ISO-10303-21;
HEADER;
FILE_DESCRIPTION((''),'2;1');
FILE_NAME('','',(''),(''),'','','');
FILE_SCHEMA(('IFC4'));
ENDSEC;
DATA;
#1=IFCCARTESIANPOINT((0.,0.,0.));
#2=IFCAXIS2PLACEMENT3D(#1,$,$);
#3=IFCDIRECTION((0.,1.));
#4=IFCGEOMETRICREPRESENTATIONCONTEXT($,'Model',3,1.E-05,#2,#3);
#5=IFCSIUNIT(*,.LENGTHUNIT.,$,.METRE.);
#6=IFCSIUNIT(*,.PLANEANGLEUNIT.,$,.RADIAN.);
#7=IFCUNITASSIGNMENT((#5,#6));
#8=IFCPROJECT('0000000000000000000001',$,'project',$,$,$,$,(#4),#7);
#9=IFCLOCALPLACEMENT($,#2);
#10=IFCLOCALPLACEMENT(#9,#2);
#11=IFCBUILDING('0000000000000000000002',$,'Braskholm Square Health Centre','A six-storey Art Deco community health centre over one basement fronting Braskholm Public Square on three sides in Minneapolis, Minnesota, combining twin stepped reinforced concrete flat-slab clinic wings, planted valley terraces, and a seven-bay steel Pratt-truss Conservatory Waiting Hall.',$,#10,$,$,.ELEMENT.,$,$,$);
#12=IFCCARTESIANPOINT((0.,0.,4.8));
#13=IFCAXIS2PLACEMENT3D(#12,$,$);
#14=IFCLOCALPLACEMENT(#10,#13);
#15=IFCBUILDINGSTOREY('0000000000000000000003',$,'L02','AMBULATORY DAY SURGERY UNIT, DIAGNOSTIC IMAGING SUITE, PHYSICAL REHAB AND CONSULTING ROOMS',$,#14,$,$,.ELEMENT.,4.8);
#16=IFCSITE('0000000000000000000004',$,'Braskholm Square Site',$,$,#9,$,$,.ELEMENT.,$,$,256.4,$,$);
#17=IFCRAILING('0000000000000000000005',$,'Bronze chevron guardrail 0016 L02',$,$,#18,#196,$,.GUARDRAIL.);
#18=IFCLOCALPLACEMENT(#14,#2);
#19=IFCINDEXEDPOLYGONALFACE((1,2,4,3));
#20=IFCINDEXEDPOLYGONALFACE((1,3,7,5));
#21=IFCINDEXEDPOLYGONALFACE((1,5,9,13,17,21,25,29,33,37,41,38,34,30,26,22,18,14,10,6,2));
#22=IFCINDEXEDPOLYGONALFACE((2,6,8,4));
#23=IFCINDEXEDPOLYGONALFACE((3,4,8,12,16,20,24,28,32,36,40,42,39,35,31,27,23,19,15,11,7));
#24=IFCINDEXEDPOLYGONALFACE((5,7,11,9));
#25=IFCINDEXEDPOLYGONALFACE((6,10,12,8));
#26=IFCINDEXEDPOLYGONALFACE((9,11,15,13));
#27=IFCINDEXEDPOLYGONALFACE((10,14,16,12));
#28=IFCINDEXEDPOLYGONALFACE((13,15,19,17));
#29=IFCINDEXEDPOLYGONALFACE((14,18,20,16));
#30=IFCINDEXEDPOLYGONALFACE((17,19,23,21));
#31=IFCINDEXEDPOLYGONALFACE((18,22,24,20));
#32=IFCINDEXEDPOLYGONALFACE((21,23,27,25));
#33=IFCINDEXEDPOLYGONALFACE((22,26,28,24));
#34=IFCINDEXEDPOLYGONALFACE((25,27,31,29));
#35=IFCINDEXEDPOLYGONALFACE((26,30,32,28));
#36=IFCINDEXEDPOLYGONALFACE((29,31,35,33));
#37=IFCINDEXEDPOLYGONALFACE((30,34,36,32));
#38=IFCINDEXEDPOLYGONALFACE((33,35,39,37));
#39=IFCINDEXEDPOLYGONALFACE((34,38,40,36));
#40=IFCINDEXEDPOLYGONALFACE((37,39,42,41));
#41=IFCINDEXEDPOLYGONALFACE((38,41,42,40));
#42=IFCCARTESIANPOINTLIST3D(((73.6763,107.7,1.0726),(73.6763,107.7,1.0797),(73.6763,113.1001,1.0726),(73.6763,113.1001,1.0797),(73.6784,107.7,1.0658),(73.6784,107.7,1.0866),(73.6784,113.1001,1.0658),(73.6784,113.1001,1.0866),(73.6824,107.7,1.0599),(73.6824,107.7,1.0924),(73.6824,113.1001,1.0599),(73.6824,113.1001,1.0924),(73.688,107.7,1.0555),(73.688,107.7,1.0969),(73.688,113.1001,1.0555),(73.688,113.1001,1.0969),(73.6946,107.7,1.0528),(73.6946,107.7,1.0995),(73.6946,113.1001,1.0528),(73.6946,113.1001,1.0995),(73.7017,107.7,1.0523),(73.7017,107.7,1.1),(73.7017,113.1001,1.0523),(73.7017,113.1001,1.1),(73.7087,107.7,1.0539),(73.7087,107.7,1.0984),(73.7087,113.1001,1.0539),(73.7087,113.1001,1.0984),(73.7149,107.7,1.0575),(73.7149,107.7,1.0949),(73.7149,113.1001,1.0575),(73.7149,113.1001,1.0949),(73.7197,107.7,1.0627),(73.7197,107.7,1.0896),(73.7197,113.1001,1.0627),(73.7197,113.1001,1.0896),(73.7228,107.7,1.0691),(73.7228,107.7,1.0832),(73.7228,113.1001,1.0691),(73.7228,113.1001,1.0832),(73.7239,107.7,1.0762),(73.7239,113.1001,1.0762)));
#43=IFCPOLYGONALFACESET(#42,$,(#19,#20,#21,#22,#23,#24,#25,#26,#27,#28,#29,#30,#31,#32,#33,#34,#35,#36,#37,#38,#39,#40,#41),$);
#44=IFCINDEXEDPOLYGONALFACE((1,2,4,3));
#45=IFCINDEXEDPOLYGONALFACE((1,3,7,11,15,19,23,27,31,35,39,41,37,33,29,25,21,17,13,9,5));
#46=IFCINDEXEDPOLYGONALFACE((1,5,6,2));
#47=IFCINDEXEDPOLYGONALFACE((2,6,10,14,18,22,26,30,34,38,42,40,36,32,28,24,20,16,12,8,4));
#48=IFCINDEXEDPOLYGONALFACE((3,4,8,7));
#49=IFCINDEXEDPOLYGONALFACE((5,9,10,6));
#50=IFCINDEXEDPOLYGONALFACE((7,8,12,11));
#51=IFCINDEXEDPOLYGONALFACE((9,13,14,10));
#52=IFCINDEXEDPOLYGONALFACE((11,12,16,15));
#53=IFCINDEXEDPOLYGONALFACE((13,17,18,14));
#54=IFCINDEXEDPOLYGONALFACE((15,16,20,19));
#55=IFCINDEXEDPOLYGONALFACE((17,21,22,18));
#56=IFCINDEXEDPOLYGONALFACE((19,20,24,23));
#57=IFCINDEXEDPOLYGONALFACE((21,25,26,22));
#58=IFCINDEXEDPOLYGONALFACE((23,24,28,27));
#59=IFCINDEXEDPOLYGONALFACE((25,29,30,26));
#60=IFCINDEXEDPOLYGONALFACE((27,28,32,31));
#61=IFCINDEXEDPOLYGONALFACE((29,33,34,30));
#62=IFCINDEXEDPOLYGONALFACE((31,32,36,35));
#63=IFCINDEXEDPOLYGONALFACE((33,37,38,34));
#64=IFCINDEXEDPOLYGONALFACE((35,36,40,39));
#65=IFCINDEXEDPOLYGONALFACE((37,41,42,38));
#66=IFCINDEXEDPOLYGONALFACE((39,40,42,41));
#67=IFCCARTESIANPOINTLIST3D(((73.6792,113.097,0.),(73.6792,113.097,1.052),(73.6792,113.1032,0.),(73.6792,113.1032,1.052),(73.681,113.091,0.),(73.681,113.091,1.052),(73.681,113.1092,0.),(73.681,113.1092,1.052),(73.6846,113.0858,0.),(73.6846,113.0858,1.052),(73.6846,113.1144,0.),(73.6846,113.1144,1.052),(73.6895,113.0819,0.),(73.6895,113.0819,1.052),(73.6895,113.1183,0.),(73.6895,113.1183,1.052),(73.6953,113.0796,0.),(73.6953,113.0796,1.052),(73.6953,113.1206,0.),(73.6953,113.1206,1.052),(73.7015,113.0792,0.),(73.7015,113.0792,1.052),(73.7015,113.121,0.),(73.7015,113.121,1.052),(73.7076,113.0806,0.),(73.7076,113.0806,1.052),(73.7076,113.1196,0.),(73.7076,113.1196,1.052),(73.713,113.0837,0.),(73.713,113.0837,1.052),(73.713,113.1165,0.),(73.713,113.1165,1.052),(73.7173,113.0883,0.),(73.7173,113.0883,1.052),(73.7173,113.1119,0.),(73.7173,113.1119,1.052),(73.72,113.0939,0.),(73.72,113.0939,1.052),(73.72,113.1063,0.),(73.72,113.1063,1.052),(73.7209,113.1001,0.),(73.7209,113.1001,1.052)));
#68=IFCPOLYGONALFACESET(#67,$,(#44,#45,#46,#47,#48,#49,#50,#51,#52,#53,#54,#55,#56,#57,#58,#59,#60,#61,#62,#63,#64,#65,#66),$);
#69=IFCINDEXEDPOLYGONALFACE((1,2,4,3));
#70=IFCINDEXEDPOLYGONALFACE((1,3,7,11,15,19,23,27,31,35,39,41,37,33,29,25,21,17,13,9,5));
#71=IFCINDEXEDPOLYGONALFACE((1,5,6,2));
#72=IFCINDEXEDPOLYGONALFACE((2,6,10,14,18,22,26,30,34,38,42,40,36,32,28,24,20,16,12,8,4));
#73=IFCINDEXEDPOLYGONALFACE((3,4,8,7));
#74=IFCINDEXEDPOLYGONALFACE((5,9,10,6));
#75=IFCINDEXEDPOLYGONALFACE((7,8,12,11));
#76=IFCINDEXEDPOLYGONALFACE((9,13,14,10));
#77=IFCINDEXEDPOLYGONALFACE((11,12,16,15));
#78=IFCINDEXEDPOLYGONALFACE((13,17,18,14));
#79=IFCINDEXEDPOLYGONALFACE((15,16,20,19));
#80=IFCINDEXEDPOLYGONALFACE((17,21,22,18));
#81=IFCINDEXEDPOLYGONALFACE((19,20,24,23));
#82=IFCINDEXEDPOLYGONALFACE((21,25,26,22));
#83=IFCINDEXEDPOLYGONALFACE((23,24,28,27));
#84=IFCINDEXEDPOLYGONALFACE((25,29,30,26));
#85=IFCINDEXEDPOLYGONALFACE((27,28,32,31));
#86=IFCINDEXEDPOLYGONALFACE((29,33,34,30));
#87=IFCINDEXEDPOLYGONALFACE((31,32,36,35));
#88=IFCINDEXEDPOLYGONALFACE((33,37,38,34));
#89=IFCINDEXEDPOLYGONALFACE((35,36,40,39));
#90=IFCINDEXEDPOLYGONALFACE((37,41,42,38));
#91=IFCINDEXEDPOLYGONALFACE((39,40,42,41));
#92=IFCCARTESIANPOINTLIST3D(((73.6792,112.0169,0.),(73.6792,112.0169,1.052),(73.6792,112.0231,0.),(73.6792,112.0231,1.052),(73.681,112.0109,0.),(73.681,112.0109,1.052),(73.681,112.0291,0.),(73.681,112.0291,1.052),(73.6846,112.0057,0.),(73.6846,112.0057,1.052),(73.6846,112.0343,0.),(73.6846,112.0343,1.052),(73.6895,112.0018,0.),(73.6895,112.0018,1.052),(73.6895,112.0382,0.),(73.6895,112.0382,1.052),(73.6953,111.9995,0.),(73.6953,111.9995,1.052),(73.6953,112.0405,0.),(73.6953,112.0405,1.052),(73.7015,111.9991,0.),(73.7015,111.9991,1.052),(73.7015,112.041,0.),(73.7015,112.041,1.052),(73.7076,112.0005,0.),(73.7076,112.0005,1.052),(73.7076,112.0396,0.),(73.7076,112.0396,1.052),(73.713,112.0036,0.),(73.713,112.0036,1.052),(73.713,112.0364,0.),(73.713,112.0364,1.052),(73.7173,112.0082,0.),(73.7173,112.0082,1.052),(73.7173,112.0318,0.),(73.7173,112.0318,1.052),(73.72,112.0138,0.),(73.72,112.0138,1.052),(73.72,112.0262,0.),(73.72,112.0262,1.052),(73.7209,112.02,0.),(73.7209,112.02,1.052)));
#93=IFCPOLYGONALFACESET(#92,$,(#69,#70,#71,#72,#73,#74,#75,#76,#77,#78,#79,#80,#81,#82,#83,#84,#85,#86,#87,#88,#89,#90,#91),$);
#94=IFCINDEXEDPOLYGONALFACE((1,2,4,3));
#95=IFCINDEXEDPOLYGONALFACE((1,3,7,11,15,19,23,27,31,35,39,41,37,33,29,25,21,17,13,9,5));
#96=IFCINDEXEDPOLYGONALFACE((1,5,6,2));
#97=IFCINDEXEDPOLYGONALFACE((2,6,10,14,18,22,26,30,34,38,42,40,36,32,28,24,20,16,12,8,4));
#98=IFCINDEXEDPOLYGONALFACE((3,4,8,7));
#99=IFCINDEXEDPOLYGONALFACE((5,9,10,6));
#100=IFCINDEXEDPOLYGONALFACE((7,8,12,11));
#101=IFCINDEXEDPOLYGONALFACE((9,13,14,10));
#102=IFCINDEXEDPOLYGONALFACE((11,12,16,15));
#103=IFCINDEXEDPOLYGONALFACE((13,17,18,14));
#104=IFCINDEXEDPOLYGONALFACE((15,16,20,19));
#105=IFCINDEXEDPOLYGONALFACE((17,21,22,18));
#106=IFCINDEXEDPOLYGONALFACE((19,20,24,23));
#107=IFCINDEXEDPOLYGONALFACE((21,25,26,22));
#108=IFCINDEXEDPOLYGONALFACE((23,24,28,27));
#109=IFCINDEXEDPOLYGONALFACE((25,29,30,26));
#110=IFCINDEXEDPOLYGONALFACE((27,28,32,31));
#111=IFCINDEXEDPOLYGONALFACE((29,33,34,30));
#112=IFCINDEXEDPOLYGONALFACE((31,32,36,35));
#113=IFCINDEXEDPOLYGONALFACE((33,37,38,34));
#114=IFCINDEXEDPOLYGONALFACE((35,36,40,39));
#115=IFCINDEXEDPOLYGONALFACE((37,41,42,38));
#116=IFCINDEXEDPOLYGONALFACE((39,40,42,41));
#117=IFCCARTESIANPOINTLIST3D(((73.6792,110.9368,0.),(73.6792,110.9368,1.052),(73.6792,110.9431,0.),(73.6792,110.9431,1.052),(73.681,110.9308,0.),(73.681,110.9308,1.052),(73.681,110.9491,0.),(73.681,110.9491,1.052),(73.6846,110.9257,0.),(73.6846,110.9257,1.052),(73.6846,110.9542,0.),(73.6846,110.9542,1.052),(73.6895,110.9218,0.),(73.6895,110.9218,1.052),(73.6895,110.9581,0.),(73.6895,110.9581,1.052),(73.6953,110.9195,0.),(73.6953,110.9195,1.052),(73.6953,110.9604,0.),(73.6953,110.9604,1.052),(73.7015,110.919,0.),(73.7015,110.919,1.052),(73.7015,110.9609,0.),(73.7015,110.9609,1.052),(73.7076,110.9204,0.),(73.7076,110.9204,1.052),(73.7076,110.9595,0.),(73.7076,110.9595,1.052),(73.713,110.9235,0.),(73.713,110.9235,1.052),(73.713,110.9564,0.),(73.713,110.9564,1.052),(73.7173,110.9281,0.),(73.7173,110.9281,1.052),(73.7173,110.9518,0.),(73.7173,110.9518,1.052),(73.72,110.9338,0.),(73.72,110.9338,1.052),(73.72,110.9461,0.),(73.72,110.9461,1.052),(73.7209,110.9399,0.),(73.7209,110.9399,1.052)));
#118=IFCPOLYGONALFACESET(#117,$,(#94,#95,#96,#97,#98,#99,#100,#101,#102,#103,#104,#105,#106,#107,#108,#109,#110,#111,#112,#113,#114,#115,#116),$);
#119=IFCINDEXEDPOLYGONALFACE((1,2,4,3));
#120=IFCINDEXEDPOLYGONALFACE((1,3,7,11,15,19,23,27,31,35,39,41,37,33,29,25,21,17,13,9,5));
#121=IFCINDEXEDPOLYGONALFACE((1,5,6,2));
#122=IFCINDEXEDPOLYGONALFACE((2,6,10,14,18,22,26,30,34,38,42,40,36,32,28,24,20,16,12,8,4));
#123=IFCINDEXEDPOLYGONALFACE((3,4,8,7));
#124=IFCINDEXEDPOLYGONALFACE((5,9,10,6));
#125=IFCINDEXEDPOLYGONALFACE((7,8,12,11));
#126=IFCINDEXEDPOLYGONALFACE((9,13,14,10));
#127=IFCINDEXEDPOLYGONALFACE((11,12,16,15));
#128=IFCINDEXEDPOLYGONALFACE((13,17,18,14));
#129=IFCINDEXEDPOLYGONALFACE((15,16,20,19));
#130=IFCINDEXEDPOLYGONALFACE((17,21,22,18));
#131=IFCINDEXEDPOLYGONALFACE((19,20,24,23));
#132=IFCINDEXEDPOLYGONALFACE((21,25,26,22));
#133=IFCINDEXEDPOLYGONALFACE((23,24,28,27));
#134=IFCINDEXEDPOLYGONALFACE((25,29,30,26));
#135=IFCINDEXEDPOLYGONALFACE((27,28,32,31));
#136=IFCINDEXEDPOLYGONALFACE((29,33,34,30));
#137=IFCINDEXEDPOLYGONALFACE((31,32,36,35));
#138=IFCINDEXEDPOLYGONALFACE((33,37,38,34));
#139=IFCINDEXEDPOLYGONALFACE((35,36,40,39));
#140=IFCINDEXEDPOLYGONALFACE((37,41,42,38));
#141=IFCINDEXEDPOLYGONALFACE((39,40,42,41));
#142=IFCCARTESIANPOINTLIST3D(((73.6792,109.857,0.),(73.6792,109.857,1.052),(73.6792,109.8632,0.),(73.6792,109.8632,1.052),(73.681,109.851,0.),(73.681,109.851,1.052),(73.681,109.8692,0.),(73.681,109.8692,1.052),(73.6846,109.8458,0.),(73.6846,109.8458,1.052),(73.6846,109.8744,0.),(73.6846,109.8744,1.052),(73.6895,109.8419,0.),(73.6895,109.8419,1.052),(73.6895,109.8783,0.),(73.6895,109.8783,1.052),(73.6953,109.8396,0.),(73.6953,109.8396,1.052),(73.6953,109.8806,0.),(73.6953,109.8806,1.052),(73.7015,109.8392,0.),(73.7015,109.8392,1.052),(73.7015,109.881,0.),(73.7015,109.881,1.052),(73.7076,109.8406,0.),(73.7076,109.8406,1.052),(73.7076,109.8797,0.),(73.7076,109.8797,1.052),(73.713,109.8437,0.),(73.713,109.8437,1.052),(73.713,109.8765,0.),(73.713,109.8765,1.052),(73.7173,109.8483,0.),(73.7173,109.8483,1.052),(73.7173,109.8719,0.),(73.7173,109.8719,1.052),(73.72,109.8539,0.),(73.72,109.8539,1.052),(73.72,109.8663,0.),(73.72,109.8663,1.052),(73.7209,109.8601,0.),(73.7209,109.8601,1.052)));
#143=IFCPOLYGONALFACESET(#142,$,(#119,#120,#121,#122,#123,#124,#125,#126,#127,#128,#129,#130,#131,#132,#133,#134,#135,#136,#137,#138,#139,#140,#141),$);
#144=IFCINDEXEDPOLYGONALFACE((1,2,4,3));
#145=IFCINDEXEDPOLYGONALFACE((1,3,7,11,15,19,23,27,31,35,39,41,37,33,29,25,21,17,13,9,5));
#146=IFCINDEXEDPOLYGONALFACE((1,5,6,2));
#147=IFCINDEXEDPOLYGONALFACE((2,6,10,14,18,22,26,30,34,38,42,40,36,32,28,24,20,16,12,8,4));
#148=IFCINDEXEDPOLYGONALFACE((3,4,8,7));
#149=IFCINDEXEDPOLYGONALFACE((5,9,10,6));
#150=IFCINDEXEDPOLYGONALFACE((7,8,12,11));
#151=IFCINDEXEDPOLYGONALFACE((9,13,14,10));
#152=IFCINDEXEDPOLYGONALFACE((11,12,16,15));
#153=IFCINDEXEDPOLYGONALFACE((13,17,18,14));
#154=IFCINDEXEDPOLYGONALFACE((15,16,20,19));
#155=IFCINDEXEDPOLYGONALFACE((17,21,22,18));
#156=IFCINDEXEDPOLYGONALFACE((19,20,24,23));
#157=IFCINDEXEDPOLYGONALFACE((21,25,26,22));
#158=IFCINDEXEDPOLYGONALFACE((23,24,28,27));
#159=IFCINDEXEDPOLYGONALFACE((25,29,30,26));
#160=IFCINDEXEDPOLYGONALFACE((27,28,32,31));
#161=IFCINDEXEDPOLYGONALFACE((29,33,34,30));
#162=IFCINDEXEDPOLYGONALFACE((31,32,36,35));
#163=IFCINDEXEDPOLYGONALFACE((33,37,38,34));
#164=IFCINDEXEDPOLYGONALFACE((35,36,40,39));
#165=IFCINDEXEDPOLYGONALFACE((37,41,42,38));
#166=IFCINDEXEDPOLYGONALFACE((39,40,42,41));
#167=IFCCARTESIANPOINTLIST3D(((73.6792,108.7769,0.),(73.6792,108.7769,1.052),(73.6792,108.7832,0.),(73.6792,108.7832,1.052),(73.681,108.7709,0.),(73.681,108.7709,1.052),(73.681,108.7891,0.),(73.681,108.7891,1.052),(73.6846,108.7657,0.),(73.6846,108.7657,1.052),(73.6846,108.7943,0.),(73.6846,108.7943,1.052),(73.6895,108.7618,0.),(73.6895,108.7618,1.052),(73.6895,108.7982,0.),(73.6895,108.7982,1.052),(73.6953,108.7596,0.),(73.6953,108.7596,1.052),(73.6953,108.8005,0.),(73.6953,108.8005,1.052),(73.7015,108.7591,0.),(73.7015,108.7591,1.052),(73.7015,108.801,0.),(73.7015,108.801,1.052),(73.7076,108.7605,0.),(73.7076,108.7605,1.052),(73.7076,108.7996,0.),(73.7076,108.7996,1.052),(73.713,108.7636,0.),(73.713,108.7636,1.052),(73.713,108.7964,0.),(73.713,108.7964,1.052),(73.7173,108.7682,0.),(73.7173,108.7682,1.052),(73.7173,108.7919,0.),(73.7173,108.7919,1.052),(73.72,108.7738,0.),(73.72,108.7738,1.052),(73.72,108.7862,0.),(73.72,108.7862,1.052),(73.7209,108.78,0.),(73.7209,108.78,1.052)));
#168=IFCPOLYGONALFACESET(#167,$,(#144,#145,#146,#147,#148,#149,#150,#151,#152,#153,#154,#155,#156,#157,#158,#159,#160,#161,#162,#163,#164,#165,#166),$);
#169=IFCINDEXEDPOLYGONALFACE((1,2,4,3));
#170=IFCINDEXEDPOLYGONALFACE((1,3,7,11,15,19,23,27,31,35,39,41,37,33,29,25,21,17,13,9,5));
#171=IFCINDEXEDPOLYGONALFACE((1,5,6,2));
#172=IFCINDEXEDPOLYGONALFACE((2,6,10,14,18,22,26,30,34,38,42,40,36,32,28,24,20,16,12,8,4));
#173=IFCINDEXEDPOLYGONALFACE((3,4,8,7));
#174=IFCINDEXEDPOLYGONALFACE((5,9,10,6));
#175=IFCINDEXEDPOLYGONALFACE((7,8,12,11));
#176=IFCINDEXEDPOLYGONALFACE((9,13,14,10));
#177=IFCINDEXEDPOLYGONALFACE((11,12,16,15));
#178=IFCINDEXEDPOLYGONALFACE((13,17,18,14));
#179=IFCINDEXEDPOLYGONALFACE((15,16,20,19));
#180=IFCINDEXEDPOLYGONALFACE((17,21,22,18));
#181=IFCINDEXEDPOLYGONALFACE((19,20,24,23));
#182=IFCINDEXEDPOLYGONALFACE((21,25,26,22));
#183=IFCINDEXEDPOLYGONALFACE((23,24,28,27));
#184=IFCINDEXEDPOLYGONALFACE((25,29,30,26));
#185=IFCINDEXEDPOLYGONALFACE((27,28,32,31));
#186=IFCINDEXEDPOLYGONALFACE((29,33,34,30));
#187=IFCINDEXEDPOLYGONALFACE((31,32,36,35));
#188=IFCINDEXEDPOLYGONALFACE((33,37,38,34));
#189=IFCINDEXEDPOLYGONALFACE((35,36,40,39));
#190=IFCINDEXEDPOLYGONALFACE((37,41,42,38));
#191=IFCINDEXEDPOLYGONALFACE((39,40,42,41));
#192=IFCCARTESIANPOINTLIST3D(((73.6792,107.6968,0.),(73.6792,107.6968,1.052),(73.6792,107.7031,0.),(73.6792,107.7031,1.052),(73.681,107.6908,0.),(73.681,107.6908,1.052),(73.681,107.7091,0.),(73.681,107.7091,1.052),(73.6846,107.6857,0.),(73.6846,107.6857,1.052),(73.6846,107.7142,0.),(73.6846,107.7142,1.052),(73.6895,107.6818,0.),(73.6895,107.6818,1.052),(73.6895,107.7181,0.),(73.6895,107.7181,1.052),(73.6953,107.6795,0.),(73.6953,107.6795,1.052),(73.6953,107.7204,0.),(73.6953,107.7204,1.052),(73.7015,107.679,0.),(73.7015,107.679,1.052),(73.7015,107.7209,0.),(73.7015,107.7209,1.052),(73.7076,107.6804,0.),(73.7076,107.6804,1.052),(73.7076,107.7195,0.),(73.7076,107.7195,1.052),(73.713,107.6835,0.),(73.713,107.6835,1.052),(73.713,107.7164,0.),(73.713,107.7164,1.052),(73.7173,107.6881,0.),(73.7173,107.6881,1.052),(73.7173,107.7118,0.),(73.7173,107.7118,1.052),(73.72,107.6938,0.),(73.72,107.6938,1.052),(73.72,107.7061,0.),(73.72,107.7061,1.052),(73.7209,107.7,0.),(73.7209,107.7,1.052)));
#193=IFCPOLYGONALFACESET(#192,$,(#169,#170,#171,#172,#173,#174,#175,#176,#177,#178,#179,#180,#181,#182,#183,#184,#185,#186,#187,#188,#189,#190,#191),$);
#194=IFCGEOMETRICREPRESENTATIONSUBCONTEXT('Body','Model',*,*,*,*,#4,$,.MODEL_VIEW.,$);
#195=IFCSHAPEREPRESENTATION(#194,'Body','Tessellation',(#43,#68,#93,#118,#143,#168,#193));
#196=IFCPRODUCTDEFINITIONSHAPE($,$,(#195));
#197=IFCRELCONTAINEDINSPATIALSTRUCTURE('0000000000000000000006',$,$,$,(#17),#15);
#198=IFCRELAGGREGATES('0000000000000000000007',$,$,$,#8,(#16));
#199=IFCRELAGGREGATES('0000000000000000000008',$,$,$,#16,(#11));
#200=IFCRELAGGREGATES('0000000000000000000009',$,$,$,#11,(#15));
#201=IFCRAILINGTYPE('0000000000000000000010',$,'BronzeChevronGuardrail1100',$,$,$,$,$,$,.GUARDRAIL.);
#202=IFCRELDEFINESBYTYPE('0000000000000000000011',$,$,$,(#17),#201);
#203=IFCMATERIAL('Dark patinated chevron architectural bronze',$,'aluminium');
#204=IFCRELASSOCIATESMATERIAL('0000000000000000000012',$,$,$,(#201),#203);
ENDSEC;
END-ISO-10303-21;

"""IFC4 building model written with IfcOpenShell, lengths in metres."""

from ifc_helpers import new_model, si_unit, direction, frame, origin, origin_2d, place, context, subcontext, project, spatial, circle, extrude, material, type_object, element, save


model = new_model("IFC4")

# Units and contexts
model_context = context("Model", 3, precision=1e-05, world=origin(), true_north=direction((0.0, 1.0)))
body_context = subcontext(model_context, "Body", "Model", "MODEL_VIEW")
ifc_project = project(units=[si_unit("LENGTHUNIT", "METRE"), si_unit("PLANEANGLEUNIT", "RADIAN")], contexts=[model_context])

# Site, building, storey
site_placement = place(None, origin())
site = spatial("IfcSite", under=ifc_project, at=site_placement, Name="Braskholm Square Site", CompositionType="ELEMENT", RefElevation=256.4)
building_placement = place(site_placement, origin())
building = spatial("IfcBuilding", under=site, at=building_placement, Name="Braskholm Square Health Centre", Description="A six-storey Art Deco community health centre over one basement fronting Braskholm Public Square on three sides in Minneapolis, Minnesota, combining twin stepped reinforced concrete flat-slab clinic wings, planted valley terraces, and a seven-bay steel Pratt-truss Conservatory Waiting Hall.", CompositionType="ELEMENT")
storey_placement = place(building_placement, frame((0.0, 0.0, 4.8)))
storey = spatial("IfcBuildingStorey", under=building, at=storey_placement, Name="L02", Description="AMBULATORY DAY SURGERY UNIT, DIAGNOSTIC IMAGING SUITE, PHYSICAL REHAB AND CONSULTING ROOMS", CompositionType="ELEMENT", Elevation=4.8)

# Railing
ifc_material_1 = material(Name="Dark patinated chevron architectural bronze", Category="aluminium")
railing_type = type_object("IfcRailingType", Name="BronzeChevronGuardrail1100", PredefinedType="GUARDRAIL", material=ifc_material_1)
railing_1_placement = place(storey_placement, frame((73.7, 113.1001, 0.0)))
element("IfcRailing", 1, at=railing_1_placement, inside=storey, type_object=railing_type, Name="Bronze chevron guardrail 0016 L02", PredefinedType="GUARDRAIL", context=body_context, shape_type="SweptSolid", body=[
    extrude(circle(Radius=0.0239, at=origin_2d()), frame((0.0, 0.0, 1.0762), z_axis=(0.0, -1.0, 0.0), x_axis=(1.0, 0.0, 0.0)), (0.0, 0.0, 1.0), 5.4001),
    extrude(circle(Radius=0.021, at=origin_2d()), origin(), (0.0, 0.0, 1.0), 1.052),
    extrude(circle(Radius=0.021, at=origin_2d()), frame((0.0, -1.0801, 0.0)), (0.0, 0.0, 1.0), 1.052),
    extrude(circle(Radius=0.021, at=origin_2d()), frame((0.0, -2.1602, 0.0)), (0.0, 0.0, 1.0), 1.052),
    extrude(circle(Radius=0.021, at=origin_2d()), frame((0.0, -3.24, 0.0)), (0.0, 0.0, 1.0), 1.052),
    extrude(circle(Radius=0.021, at=origin_2d()), frame((0.0, -4.3201, 0.0)), (0.0, 0.0, 1.0), 1.052),
    extrude(circle(Radius=0.021, at=origin_2d()), frame((0.0, -5.4001, 0.0)), (0.0, 0.0, 1.0), 1.052),
])

save(model, "model.ifc")
